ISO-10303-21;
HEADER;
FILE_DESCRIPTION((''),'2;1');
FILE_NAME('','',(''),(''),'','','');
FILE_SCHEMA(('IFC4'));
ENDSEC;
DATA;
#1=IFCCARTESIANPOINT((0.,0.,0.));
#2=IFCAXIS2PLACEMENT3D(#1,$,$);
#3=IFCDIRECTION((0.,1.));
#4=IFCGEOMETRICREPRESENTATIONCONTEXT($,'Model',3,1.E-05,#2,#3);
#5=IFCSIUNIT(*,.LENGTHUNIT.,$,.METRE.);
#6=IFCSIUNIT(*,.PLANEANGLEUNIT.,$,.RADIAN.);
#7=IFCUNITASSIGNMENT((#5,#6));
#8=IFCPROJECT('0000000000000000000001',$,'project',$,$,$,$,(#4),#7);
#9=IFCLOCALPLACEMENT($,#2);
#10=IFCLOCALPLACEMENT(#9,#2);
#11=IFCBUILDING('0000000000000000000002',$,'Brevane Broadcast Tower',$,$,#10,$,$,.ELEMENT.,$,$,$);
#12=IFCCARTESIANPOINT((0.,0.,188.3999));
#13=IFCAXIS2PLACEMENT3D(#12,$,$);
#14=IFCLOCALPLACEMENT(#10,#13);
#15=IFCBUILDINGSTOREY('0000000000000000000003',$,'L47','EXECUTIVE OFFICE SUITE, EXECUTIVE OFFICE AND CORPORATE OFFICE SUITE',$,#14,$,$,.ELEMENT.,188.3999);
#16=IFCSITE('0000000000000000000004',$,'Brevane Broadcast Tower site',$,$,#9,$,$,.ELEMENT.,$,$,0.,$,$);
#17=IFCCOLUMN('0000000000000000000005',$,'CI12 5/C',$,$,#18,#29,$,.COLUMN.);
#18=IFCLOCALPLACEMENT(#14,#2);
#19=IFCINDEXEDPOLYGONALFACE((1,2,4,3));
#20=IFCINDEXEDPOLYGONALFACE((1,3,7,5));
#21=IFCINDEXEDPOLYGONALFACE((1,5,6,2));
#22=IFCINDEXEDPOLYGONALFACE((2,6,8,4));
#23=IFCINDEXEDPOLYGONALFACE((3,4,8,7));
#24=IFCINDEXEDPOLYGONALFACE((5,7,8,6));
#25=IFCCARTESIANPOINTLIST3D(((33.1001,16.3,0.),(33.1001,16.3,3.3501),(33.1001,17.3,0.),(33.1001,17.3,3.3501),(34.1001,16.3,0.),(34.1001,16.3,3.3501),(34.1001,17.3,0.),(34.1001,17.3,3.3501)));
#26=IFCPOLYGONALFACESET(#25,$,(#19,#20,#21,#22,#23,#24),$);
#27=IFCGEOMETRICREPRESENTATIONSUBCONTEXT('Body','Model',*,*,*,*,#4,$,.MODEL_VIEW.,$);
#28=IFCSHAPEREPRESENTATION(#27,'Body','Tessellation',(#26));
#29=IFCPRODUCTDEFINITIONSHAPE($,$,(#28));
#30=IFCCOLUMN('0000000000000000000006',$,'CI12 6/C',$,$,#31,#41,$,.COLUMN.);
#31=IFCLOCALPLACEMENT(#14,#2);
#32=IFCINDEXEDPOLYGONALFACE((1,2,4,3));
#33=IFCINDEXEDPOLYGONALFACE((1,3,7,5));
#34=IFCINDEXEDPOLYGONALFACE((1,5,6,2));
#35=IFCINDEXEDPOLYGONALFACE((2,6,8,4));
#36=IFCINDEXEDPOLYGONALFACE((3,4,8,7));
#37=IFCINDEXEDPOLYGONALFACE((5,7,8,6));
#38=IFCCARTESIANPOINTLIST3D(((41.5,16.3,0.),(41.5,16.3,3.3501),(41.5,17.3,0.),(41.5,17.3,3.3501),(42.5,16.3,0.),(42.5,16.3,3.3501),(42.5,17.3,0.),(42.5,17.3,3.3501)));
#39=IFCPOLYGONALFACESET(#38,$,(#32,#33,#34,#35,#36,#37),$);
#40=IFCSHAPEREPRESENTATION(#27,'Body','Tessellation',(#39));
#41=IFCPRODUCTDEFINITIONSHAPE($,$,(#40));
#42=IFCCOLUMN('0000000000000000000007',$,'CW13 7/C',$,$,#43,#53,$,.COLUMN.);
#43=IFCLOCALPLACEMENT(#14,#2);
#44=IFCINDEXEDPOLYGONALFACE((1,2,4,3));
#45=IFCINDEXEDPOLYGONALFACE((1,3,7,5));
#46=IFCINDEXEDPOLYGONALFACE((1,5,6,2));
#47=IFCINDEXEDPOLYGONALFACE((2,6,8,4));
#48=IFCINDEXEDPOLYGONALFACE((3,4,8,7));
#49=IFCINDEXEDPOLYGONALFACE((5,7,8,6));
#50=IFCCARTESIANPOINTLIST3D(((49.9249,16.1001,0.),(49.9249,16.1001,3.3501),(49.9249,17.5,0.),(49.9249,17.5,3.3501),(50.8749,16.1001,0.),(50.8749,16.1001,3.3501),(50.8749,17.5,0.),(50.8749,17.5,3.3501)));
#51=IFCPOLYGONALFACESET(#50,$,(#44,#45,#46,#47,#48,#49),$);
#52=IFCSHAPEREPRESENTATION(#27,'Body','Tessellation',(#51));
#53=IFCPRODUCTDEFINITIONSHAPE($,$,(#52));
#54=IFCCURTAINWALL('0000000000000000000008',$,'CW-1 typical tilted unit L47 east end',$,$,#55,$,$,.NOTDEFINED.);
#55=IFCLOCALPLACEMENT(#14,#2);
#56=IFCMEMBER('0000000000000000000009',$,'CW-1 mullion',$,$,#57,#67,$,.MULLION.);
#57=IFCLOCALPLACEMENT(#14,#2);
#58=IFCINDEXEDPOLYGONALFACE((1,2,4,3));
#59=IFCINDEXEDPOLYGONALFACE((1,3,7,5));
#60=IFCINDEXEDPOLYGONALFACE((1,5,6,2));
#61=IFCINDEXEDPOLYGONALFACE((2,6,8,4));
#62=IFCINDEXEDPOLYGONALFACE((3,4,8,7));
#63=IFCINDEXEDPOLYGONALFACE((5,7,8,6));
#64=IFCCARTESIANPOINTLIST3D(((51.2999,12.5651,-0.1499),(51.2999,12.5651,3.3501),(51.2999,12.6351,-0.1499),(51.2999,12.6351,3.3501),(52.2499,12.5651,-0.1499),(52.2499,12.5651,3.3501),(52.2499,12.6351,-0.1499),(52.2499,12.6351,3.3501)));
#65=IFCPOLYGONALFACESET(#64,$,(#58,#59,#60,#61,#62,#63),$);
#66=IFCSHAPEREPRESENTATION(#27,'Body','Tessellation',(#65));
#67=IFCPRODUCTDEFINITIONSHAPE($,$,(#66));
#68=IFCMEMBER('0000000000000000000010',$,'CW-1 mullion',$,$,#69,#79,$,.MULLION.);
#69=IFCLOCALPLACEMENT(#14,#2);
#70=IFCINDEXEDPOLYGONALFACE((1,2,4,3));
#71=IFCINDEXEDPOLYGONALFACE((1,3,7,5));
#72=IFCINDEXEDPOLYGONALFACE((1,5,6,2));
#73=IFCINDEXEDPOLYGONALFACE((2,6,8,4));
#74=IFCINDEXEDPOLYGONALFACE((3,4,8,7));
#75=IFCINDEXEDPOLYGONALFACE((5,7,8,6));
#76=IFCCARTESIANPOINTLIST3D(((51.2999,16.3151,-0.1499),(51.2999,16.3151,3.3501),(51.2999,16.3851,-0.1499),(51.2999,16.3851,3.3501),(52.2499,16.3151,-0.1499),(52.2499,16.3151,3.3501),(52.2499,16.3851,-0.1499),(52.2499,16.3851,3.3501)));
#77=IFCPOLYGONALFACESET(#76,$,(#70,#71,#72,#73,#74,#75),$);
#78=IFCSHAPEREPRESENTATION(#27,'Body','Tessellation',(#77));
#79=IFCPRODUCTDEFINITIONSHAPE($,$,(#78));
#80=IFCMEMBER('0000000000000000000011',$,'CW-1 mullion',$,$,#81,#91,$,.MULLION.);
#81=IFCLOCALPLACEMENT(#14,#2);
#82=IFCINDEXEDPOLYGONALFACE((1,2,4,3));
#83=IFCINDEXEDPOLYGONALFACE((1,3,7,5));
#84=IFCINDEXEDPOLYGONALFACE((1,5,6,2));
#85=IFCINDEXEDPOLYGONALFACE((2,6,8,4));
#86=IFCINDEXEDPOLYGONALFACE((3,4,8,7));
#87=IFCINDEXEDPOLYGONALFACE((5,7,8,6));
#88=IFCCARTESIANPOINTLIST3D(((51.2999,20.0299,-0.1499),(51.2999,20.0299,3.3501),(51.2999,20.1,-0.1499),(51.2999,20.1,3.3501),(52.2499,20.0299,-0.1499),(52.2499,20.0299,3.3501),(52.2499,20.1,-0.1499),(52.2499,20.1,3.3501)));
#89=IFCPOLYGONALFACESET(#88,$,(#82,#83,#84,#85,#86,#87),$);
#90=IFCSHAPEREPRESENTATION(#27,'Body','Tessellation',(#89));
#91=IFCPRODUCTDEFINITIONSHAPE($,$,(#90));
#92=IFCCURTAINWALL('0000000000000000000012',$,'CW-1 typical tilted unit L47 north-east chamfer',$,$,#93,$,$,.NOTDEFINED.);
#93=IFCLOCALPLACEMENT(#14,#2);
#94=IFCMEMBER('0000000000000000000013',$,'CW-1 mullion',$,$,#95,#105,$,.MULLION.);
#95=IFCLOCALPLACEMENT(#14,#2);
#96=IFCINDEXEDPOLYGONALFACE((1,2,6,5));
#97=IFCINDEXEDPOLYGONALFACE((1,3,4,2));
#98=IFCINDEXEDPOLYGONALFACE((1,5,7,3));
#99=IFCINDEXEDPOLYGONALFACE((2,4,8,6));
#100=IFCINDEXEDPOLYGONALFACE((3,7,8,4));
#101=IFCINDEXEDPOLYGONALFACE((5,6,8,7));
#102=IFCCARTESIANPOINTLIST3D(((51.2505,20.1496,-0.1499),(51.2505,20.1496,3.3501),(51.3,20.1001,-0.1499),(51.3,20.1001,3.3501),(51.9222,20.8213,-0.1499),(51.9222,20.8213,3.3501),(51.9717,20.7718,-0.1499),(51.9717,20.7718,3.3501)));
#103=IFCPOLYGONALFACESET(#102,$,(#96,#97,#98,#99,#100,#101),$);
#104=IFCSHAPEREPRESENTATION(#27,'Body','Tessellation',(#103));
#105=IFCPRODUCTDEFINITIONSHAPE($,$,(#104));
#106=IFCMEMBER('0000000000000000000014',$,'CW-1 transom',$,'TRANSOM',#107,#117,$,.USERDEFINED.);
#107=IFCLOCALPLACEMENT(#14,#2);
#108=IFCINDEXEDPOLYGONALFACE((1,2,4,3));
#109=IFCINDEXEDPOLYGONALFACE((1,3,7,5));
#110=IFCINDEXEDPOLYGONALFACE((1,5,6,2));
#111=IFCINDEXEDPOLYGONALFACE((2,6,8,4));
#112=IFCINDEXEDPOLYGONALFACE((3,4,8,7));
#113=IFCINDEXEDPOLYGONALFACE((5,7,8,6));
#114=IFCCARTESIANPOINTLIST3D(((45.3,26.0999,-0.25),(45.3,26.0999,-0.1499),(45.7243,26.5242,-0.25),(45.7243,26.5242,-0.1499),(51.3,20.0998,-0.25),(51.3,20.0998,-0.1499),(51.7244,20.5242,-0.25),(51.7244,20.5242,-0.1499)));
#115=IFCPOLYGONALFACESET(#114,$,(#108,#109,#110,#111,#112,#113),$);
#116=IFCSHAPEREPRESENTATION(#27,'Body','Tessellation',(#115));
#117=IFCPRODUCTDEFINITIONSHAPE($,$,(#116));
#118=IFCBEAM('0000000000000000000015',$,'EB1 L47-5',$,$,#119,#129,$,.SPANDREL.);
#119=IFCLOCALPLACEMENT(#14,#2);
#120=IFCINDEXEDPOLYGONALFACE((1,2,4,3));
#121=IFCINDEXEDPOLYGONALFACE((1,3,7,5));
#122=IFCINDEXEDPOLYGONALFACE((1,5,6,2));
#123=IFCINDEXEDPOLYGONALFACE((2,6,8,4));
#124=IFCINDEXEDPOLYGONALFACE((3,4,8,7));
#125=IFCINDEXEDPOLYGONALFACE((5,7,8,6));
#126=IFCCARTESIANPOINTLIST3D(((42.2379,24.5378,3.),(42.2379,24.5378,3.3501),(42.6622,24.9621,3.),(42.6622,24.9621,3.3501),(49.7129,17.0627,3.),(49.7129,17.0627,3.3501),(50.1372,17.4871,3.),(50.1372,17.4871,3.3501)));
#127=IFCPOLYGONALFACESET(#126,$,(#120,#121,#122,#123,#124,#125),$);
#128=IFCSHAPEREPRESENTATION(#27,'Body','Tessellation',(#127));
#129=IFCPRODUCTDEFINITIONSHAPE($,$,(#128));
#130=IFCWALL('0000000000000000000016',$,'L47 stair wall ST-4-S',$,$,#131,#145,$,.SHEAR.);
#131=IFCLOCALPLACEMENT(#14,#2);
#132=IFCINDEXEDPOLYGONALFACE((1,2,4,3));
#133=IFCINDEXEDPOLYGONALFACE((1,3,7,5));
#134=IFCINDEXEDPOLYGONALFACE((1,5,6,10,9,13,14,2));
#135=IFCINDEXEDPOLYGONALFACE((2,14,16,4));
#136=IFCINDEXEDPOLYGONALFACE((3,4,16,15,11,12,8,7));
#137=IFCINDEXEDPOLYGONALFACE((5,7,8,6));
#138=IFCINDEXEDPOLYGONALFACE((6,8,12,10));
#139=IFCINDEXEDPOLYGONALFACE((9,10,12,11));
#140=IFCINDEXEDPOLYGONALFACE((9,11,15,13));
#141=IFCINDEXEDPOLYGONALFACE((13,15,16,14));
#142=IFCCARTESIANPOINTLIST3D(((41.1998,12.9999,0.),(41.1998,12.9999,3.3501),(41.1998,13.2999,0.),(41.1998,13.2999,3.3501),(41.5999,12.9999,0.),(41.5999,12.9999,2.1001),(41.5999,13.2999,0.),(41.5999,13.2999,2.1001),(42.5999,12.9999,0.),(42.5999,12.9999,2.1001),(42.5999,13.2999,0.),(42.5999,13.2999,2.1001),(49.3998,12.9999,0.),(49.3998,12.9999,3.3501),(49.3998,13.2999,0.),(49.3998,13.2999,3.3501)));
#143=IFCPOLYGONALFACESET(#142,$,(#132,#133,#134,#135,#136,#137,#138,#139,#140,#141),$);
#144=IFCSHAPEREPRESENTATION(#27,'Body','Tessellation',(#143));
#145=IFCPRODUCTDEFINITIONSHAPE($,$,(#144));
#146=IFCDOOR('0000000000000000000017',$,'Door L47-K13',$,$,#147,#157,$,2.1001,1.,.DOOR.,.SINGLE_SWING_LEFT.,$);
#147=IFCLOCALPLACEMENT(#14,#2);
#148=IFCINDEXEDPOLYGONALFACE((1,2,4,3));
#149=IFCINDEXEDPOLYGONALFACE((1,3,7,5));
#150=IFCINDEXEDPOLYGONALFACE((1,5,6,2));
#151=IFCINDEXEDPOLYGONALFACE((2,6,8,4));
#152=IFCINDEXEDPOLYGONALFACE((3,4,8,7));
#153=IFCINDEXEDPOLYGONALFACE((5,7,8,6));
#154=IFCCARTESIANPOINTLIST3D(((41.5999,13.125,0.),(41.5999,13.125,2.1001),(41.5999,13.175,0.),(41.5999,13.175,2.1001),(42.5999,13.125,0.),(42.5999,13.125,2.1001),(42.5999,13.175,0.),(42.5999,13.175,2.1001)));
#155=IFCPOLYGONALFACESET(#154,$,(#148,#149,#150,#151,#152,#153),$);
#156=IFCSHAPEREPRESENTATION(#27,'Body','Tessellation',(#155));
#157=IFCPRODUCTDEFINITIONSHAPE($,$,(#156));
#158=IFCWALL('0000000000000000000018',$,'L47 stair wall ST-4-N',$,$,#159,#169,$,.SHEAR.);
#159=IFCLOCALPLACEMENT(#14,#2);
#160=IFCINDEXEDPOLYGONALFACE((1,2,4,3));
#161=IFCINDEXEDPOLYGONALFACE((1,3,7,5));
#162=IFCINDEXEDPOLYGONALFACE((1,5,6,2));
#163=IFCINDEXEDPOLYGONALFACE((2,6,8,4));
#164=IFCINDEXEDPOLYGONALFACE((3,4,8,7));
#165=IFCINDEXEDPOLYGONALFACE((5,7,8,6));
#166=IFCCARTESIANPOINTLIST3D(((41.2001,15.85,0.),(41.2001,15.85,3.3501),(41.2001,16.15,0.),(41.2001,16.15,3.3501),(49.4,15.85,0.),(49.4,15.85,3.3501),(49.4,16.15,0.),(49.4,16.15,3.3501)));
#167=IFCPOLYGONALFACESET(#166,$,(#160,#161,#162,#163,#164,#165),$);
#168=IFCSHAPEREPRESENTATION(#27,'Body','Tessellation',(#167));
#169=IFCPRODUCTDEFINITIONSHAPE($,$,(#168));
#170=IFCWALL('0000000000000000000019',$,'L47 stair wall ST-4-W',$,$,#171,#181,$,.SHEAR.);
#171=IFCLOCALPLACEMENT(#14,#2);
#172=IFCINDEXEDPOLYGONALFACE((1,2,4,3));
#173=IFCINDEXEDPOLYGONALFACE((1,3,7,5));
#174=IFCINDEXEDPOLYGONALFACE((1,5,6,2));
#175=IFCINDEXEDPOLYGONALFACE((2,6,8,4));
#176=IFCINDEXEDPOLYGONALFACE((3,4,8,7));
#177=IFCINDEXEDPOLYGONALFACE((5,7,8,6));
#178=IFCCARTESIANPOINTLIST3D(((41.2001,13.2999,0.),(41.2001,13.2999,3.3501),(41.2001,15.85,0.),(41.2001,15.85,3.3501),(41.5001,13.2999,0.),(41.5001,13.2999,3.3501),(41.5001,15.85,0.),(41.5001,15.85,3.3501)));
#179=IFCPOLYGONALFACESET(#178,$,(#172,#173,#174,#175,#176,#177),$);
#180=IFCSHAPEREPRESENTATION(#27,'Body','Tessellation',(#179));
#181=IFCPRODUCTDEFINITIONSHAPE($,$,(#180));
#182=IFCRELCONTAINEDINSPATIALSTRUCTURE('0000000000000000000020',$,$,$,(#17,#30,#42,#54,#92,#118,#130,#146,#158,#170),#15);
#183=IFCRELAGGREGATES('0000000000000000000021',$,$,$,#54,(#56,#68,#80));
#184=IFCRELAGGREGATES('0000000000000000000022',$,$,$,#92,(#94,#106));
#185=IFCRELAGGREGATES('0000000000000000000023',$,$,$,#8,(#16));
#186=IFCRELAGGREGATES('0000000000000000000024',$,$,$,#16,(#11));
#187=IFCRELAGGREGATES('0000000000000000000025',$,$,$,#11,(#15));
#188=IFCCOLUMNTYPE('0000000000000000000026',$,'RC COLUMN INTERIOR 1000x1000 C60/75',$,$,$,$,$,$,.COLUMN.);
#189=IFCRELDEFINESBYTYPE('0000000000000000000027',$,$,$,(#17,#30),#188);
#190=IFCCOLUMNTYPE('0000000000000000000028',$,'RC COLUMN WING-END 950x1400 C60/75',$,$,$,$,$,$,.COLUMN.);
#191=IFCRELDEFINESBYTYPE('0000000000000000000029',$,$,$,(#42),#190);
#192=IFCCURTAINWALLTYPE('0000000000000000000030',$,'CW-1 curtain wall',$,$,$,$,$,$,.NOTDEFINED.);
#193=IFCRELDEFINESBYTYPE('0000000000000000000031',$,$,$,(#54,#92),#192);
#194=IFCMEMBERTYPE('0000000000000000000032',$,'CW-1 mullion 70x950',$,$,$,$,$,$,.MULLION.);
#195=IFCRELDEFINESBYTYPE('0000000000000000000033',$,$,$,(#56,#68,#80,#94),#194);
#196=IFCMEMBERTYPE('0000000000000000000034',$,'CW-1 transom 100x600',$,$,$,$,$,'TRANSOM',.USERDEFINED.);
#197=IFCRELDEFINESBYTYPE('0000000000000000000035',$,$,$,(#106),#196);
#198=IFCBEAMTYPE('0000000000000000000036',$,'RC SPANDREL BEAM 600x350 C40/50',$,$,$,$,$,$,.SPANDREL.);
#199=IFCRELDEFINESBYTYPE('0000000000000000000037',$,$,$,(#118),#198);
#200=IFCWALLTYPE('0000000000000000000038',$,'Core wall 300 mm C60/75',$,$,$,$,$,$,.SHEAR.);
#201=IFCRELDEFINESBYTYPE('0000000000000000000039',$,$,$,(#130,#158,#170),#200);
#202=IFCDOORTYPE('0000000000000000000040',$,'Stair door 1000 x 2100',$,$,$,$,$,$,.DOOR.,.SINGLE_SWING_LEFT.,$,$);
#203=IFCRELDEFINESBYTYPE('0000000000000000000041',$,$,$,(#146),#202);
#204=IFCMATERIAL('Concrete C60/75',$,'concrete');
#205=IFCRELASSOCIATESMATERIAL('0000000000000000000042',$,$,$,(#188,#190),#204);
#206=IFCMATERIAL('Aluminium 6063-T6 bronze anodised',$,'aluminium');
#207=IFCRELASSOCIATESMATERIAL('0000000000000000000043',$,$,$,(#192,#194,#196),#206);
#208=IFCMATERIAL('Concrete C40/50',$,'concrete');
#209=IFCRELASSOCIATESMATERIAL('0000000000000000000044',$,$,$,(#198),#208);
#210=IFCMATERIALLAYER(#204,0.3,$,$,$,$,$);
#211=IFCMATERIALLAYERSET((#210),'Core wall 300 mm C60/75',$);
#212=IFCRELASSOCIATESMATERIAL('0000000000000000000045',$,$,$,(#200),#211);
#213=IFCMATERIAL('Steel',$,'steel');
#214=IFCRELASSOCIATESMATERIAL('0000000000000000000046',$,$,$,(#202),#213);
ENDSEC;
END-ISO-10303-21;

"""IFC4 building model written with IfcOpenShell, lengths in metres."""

from ifc_helpers import new_model, si_unit, direction, frame, frame_2d, origin, origin_2d, place, context, subcontext, project, spatial, rectangle, extrude, material, layer, layer_set, material_profile, profile_set, type_object, element, fill, aggregate, save


model = new_model("IFC4")

# Units and contexts
model_context = context("Model", 3, precision=1e-05, world=origin(), true_north=direction((0.0, 1.0)))
body_context = subcontext(model_context, "Body", "Model", "MODEL_VIEW")
ifc_project = project(units=[si_unit("LENGTHUNIT", "METRE"), si_unit("PLANEANGLEUNIT", "RADIAN")], contexts=[model_context])

# Site, building, storey
site_placement = place(None, origin())
site = spatial("IfcSite", under=ifc_project, at=site_placement, Name="Brevane Broadcast Tower site", CompositionType="ELEMENT", RefElevation=0.0)
building_placement = place(site_placement, origin())
building = spatial("IfcBuilding", under=site, at=building_placement, Name="Brevane Broadcast Tower", CompositionType="ELEMENT")
storey_placement = place(building_placement, frame((0.0, 0.0, 188.3999)))
storey = spatial("IfcBuildingStorey", under=building, at=storey_placement, Name="L47", Description="EXECUTIVE OFFICE SUITE, EXECUTIVE OFFICE AND CORPORATE OFFICE SUITE", CompositionType="ELEMENT", Elevation=188.3999)

# Columns
ifc_material_1 = material(Name="Concrete C60/75", Category="concrete")
ifc_material_profile_1 = material_profile(ifc_material_1, rectangle(XDim=1.0, YDim=1.0, at=origin_2d()), Name="RC 1000x1000")
ifc_profile_set_1 = profile_set([ifc_material_profile_1], Name="Concrete C60/75")
column_type_1 = type_object("IfcColumnType", Name="RC COLUMN INTERIOR 1000x1000 C60/75", PredefinedType="COLUMN", material=ifc_profile_set_1)
for number, where, z_axis, x_axis, name in (
    (1, (33.6001, 16.8, 0.0), (0.0, 0.0, 1.0), (1.0, 0.0, 0.0), "CI12 5/C"),
    (2, (42.0, 16.8, 0.0), (0.0, 0.0, 1.0), (1.0, 0.0, 0.0), "CI12 6/C"),
):
    element("IfcColumn", number, at=place(storey_placement, frame(where, z_axis=z_axis, x_axis=x_axis)), inside=storey, type_object=column_type_1, Name=name, PredefinedType="COLUMN", context=body_context, shape_type="SweptSolid", body=[
        extrude(rectangle(XDim=1.0, YDim=1.0, at=origin_2d()), origin(), (0.0, 0.0, 1.0), 3.3501),
    ])
ifc_material_profile_2 = material_profile(ifc_material_1, rectangle(XDim=0.95, YDim=1.3999, at=origin_2d()), Name="RC 950x1400")
ifc_profile_set_2 = profile_set([ifc_material_profile_2], Name="Concrete C60/75")
column_type_2 = type_object("IfcColumnType", Name="RC COLUMN WING-END 950x1400 C60/75", PredefinedType="COLUMN", material=ifc_profile_set_2)
column_placement = place(storey_placement, frame((50.3999, 16.8, 0.0), z_axis=(0.0, 0.0, 1.0), x_axis=(1.0, 0.0, 0.0)))
element("IfcColumn", 3, at=column_placement, inside=storey, type_object=column_type_2, Name="CW13 7/C", PredefinedType="COLUMN", context=body_context, shape_type="SweptSolid", body=[
    extrude(rectangle(XDim=0.95, YDim=1.3999, at=origin_2d()), origin(), (0.0, 0.0, 1.0), 3.3501),
])

# Curtain walls, members
ifc_material_2 = material(Name="Aluminium 6063-T6 bronze anodised", Category="aluminium")
curtain_wall_type = type_object("IfcCurtainWallType", Name="CW-1 curtain wall", PredefinedType="NOTDEFINED", material=ifc_material_2)
curtain_wall_1_placement = place(storey_placement, origin())
curtain_wall_1 = element("IfcCurtainWall", 4, at=curtain_wall_1_placement, inside=storey, type_object=curtain_wall_type, Name="CW-1 typical tilted unit L47 east end", PredefinedType="NOTDEFINED")
ifc_material_profile_3 = material_profile(ifc_material_2, rectangle(XDim=0.95, YDim=0.0701, at=origin_2d()), Name="RECT 70x950")
ifc_profile_set_3 = profile_set([ifc_material_profile_3], Name="Aluminium 6063-T6 bronze anodised")
member_type_1 = type_object("IfcMemberType", Name="CW-1 mullion 70x950", PredefinedType="MULLION", material=ifc_profile_set_3)
member_1_placement = place(storey_placement, frame((51.7749, 12.6001, -0.1499), z_axis=(0.0, 0.0, 1.0), x_axis=(-1.0, 0.0, 0.0)))
member_1 = element("IfcMember", 5, at=member_1_placement, type_object=member_type_1, Name="CW-1 mullion", PredefinedType="MULLION", context=body_context, shape_type="SweptSolid", body=[
    extrude(rectangle(XDim=0.95, YDim=0.0701, at=origin_2d()), origin(), (0.0, 0.0, 1.0), 3.5),
])
member_2_placement = place(storey_placement, frame((51.7749, 16.3501, -0.1499), z_axis=(0.0, 0.0, 1.0), x_axis=(-1.0, 0.0, 0.0)))
member_2 = element("IfcMember", 6, at=member_2_placement, type_object=member_type_1, Name="CW-1 mullion", PredefinedType="MULLION", context=body_context, shape_type="SweptSolid", body=[
    extrude(rectangle(XDim=0.95, YDim=0.0701, at=origin_2d()), origin(), (0.0, 0.0, 1.0), 3.5),
])
member_3_placement = place(storey_placement, frame((51.7749, 20.0649, -0.1499), z_axis=(0.0, 0.0, 1.0), x_axis=(-1.0, 0.0, 0.0)))
member_3 = element("IfcMember", 7, at=member_3_placement, type_object=member_type_1, Name="CW-1 mullion", PredefinedType="MULLION", context=body_context, shape_type="SweptSolid", body=[
    extrude(rectangle(XDim=0.95, YDim=0.0701, at=origin_2d()), origin(), (0.0, 0.0, 1.0), 3.5),
])
aggregate(curtain_wall_1, [member_1, member_2, member_3])
curtain_wall_2_placement = place(storey_placement, origin())
curtain_wall_2 = element("IfcCurtainWall", 8, at=curtain_wall_2_placement, inside=storey, type_object=curtain_wall_type, Name="CW-1 typical tilted unit L47 north-east chamfer", PredefinedType="NOTDEFINED")
member_4_placement = place(storey_placement, frame((51.6111, 20.4607, -0.1499), z_axis=(0.0, 0.0, 1.0), x_axis=(-0.707107, -0.707107, 0.0)))
member_4 = element("IfcMember", 9, at=member_4_placement, type_object=member_type_1, Name="CW-1 mullion", PredefinedType="MULLION", context=body_context, shape_type="SweptSolid", body=[
    extrude(rectangle(XDim=0.95, YDim=0.0701, at=origin_2d()), origin(), (0.0, 0.0, 1.0), 3.5),
])
ifc_material_profile_4 = material_profile(ifc_material_2, rectangle(XDim=0.6001, YDim=0.1001, at=origin_2d()), Name="RECT 100x600")
ifc_profile_set_4 = profile_set([ifc_material_profile_4], Name="Aluminium 6063-T6 bronze anodised")
member_type_2 = type_object("IfcMemberType", Name="CW-1 transom 100x600", ElementType="TRANSOM", PredefinedType="USERDEFINED", material=ifc_profile_set_4)
member_5_placement = place(storey_placement, frame((51.5122, 20.312, -0.2), z_axis=(-0.707107, 0.707107, 0.0), x_axis=(-0.707107, -0.707107, 0.0)))
member_5 = element("IfcMember", 10, at=member_5_placement, type_object=member_type_2, Name="CW-1 transom", ObjectType="TRANSOM", PredefinedType="USERDEFINED", context=body_context, shape_type="SweptSolid", body=[
    extrude(rectangle(XDim=0.6001, YDim=0.1001, at=origin_2d()), origin(), (0.0, 0.0, 1.0), 8.4854),
])
aggregate(curtain_wall_2, [member_4, member_5])

# Beam
ifc_material_3 = material(Name="Concrete C40/50", Category="concrete")
ifc_material_profile_5 = material_profile(ifc_material_3, rectangle(XDim=0.6001, YDim=0.3501, at=origin_2d()), Name="RC 600x350")
ifc_profile_set_5 = profile_set([ifc_material_profile_5], Name="Concrete C40/50")
beam_type = type_object("IfcBeamType", Name="RC SPANDREL BEAM 600x350 C40/50", PredefinedType="SPANDREL", material=ifc_profile_set_5)
beam_placement = place(storey_placement, frame((49.925, 17.2749, 3.175), z_axis=(-0.707107, 0.707107, 0.0), x_axis=(-0.707107, -0.707107, 0.0)))
element("IfcBeam", 11, at=beam_placement, inside=storey, type_object=beam_type, Name="EB1 L47-5", PredefinedType="SPANDREL", context=body_context, shape_type="SweptSolid", body=[
    extrude(rectangle(XDim=0.6001, YDim=0.3501, at=origin_2d()), origin(), (0.0, 0.0, 1.0), 10.5713),
])

# Wall, opening, door
ifc_layer_1 = layer(ifc_material_1, 0.3)
ifc_layer_set_1 = layer_set([ifc_layer_1], Name="Core wall 300 mm C60/75")
wall_type_1 = type_object("IfcWallType", Name="Core wall 300 mm C60/75", PredefinedType="SHEAR", material=ifc_layer_set_1)
wall_1_placement = place(storey_placement, frame((49.3999, 13.1499, 0.0), z_axis=(0.0, 0.0, 1.0), x_axis=(-1.0, 0.0, 0.0)))
wall_1 = element("IfcWall", 12, at=wall_1_placement, inside=storey, type_object=wall_type_1, Name="L47 stair wall ST-4-S", PredefinedType="SHEAR", context=body_context, shape_type="SweptSolid", body=[
    extrude(rectangle(XDim=8.2, YDim=0.3, at=frame_2d((4.1001, 0.0))), origin(), (0.0, 0.0, 1.0), 3.3501),
])
opening_1_placement = place(wall_1_placement, frame((6.8, 0.0, 0.0)))
opening_1 = element("IfcOpeningElement", 13, at=opening_1_placement, cuts=wall_1, PredefinedType="OPENING", context=body_context, shape_type="SweptSolid", body=[
    extrude(rectangle(XDim=1.0, YDim=2.1001, at=frame_2d((0.5, 1.05))), frame((0.0, 0.1599, 0.0), z_axis=(0.0, -1.0, 0.0), x_axis=(1.0, 0.0, 0.0)), (0.0, 0.0, 1.0), 0.3201),
])
ifc_material_4 = material(Name="Steel", Category="steel")
door_type_1 = type_object("IfcDoorType", Name="Stair door 1000 x 2100", OperationType="SINGLE_SWING_LEFT", PredefinedType="DOOR", material=ifc_material_4)
door_1_placement = place(opening_1_placement, origin())
door_1 = element("IfcDoor", 14, at=door_1_placement, inside=storey, type_object=door_type_1, Name="Door L47-K13", OperationType="SINGLE_SWING_LEFT", OverallHeight=2.1001, OverallWidth=1.0, PredefinedType="DOOR", context=body_context, shape_type="SweptSolid", body=[
    extrude(rectangle(XDim=1.0, YDim=2.1001, at=frame_2d((0.5, 1.05))), frame((0.0, 0.0249, 0.0), z_axis=(0.0, -1.0, 0.0), x_axis=(1.0, 0.0, 0.0)), (0.0, 0.0, 1.0), 0.05),
])
fill(opening_1, door_1)

# Walls
wall_2_placement = place(storey_placement, frame((41.2, 16.0, 0.0), z_axis=(0.0, 0.0, 1.0), x_axis=(1.0, 0.0, 0.0)))
element("IfcWall", 15, at=wall_2_placement, inside=storey, type_object=wall_type_1, Name="L47 stair wall ST-4-N", PredefinedType="SHEAR", context=body_context, shape_type="SweptSolid", body=[
    extrude(rectangle(XDim=8.2, YDim=0.3, at=frame_2d((4.1001, 0.0))), origin(), (0.0, 0.0, 1.0), 3.3501),
])
for number, where, z_axis, x_axis, name in (
    (16, (41.3501, 13.3, 0.0), (0.0, 0.0, 1.0), (0.0, 1.0, 0.0), "L47 stair wall ST-4-W"),
):
    element("IfcWall", number, at=place(storey_placement, frame(where, z_axis=z_axis, x_axis=x_axis)), inside=storey, type_object=wall_type_1, Name=name, PredefinedType="SHEAR", context=body_context, shape_type="SweptSolid", body=[
        extrude(rectangle(XDim=2.55, YDim=0.3, at=frame_2d((1.2749, 0.0))), origin(), (0.0, 0.0, 1.0), 3.3501),
    ])

save(model, "model.ifc")
